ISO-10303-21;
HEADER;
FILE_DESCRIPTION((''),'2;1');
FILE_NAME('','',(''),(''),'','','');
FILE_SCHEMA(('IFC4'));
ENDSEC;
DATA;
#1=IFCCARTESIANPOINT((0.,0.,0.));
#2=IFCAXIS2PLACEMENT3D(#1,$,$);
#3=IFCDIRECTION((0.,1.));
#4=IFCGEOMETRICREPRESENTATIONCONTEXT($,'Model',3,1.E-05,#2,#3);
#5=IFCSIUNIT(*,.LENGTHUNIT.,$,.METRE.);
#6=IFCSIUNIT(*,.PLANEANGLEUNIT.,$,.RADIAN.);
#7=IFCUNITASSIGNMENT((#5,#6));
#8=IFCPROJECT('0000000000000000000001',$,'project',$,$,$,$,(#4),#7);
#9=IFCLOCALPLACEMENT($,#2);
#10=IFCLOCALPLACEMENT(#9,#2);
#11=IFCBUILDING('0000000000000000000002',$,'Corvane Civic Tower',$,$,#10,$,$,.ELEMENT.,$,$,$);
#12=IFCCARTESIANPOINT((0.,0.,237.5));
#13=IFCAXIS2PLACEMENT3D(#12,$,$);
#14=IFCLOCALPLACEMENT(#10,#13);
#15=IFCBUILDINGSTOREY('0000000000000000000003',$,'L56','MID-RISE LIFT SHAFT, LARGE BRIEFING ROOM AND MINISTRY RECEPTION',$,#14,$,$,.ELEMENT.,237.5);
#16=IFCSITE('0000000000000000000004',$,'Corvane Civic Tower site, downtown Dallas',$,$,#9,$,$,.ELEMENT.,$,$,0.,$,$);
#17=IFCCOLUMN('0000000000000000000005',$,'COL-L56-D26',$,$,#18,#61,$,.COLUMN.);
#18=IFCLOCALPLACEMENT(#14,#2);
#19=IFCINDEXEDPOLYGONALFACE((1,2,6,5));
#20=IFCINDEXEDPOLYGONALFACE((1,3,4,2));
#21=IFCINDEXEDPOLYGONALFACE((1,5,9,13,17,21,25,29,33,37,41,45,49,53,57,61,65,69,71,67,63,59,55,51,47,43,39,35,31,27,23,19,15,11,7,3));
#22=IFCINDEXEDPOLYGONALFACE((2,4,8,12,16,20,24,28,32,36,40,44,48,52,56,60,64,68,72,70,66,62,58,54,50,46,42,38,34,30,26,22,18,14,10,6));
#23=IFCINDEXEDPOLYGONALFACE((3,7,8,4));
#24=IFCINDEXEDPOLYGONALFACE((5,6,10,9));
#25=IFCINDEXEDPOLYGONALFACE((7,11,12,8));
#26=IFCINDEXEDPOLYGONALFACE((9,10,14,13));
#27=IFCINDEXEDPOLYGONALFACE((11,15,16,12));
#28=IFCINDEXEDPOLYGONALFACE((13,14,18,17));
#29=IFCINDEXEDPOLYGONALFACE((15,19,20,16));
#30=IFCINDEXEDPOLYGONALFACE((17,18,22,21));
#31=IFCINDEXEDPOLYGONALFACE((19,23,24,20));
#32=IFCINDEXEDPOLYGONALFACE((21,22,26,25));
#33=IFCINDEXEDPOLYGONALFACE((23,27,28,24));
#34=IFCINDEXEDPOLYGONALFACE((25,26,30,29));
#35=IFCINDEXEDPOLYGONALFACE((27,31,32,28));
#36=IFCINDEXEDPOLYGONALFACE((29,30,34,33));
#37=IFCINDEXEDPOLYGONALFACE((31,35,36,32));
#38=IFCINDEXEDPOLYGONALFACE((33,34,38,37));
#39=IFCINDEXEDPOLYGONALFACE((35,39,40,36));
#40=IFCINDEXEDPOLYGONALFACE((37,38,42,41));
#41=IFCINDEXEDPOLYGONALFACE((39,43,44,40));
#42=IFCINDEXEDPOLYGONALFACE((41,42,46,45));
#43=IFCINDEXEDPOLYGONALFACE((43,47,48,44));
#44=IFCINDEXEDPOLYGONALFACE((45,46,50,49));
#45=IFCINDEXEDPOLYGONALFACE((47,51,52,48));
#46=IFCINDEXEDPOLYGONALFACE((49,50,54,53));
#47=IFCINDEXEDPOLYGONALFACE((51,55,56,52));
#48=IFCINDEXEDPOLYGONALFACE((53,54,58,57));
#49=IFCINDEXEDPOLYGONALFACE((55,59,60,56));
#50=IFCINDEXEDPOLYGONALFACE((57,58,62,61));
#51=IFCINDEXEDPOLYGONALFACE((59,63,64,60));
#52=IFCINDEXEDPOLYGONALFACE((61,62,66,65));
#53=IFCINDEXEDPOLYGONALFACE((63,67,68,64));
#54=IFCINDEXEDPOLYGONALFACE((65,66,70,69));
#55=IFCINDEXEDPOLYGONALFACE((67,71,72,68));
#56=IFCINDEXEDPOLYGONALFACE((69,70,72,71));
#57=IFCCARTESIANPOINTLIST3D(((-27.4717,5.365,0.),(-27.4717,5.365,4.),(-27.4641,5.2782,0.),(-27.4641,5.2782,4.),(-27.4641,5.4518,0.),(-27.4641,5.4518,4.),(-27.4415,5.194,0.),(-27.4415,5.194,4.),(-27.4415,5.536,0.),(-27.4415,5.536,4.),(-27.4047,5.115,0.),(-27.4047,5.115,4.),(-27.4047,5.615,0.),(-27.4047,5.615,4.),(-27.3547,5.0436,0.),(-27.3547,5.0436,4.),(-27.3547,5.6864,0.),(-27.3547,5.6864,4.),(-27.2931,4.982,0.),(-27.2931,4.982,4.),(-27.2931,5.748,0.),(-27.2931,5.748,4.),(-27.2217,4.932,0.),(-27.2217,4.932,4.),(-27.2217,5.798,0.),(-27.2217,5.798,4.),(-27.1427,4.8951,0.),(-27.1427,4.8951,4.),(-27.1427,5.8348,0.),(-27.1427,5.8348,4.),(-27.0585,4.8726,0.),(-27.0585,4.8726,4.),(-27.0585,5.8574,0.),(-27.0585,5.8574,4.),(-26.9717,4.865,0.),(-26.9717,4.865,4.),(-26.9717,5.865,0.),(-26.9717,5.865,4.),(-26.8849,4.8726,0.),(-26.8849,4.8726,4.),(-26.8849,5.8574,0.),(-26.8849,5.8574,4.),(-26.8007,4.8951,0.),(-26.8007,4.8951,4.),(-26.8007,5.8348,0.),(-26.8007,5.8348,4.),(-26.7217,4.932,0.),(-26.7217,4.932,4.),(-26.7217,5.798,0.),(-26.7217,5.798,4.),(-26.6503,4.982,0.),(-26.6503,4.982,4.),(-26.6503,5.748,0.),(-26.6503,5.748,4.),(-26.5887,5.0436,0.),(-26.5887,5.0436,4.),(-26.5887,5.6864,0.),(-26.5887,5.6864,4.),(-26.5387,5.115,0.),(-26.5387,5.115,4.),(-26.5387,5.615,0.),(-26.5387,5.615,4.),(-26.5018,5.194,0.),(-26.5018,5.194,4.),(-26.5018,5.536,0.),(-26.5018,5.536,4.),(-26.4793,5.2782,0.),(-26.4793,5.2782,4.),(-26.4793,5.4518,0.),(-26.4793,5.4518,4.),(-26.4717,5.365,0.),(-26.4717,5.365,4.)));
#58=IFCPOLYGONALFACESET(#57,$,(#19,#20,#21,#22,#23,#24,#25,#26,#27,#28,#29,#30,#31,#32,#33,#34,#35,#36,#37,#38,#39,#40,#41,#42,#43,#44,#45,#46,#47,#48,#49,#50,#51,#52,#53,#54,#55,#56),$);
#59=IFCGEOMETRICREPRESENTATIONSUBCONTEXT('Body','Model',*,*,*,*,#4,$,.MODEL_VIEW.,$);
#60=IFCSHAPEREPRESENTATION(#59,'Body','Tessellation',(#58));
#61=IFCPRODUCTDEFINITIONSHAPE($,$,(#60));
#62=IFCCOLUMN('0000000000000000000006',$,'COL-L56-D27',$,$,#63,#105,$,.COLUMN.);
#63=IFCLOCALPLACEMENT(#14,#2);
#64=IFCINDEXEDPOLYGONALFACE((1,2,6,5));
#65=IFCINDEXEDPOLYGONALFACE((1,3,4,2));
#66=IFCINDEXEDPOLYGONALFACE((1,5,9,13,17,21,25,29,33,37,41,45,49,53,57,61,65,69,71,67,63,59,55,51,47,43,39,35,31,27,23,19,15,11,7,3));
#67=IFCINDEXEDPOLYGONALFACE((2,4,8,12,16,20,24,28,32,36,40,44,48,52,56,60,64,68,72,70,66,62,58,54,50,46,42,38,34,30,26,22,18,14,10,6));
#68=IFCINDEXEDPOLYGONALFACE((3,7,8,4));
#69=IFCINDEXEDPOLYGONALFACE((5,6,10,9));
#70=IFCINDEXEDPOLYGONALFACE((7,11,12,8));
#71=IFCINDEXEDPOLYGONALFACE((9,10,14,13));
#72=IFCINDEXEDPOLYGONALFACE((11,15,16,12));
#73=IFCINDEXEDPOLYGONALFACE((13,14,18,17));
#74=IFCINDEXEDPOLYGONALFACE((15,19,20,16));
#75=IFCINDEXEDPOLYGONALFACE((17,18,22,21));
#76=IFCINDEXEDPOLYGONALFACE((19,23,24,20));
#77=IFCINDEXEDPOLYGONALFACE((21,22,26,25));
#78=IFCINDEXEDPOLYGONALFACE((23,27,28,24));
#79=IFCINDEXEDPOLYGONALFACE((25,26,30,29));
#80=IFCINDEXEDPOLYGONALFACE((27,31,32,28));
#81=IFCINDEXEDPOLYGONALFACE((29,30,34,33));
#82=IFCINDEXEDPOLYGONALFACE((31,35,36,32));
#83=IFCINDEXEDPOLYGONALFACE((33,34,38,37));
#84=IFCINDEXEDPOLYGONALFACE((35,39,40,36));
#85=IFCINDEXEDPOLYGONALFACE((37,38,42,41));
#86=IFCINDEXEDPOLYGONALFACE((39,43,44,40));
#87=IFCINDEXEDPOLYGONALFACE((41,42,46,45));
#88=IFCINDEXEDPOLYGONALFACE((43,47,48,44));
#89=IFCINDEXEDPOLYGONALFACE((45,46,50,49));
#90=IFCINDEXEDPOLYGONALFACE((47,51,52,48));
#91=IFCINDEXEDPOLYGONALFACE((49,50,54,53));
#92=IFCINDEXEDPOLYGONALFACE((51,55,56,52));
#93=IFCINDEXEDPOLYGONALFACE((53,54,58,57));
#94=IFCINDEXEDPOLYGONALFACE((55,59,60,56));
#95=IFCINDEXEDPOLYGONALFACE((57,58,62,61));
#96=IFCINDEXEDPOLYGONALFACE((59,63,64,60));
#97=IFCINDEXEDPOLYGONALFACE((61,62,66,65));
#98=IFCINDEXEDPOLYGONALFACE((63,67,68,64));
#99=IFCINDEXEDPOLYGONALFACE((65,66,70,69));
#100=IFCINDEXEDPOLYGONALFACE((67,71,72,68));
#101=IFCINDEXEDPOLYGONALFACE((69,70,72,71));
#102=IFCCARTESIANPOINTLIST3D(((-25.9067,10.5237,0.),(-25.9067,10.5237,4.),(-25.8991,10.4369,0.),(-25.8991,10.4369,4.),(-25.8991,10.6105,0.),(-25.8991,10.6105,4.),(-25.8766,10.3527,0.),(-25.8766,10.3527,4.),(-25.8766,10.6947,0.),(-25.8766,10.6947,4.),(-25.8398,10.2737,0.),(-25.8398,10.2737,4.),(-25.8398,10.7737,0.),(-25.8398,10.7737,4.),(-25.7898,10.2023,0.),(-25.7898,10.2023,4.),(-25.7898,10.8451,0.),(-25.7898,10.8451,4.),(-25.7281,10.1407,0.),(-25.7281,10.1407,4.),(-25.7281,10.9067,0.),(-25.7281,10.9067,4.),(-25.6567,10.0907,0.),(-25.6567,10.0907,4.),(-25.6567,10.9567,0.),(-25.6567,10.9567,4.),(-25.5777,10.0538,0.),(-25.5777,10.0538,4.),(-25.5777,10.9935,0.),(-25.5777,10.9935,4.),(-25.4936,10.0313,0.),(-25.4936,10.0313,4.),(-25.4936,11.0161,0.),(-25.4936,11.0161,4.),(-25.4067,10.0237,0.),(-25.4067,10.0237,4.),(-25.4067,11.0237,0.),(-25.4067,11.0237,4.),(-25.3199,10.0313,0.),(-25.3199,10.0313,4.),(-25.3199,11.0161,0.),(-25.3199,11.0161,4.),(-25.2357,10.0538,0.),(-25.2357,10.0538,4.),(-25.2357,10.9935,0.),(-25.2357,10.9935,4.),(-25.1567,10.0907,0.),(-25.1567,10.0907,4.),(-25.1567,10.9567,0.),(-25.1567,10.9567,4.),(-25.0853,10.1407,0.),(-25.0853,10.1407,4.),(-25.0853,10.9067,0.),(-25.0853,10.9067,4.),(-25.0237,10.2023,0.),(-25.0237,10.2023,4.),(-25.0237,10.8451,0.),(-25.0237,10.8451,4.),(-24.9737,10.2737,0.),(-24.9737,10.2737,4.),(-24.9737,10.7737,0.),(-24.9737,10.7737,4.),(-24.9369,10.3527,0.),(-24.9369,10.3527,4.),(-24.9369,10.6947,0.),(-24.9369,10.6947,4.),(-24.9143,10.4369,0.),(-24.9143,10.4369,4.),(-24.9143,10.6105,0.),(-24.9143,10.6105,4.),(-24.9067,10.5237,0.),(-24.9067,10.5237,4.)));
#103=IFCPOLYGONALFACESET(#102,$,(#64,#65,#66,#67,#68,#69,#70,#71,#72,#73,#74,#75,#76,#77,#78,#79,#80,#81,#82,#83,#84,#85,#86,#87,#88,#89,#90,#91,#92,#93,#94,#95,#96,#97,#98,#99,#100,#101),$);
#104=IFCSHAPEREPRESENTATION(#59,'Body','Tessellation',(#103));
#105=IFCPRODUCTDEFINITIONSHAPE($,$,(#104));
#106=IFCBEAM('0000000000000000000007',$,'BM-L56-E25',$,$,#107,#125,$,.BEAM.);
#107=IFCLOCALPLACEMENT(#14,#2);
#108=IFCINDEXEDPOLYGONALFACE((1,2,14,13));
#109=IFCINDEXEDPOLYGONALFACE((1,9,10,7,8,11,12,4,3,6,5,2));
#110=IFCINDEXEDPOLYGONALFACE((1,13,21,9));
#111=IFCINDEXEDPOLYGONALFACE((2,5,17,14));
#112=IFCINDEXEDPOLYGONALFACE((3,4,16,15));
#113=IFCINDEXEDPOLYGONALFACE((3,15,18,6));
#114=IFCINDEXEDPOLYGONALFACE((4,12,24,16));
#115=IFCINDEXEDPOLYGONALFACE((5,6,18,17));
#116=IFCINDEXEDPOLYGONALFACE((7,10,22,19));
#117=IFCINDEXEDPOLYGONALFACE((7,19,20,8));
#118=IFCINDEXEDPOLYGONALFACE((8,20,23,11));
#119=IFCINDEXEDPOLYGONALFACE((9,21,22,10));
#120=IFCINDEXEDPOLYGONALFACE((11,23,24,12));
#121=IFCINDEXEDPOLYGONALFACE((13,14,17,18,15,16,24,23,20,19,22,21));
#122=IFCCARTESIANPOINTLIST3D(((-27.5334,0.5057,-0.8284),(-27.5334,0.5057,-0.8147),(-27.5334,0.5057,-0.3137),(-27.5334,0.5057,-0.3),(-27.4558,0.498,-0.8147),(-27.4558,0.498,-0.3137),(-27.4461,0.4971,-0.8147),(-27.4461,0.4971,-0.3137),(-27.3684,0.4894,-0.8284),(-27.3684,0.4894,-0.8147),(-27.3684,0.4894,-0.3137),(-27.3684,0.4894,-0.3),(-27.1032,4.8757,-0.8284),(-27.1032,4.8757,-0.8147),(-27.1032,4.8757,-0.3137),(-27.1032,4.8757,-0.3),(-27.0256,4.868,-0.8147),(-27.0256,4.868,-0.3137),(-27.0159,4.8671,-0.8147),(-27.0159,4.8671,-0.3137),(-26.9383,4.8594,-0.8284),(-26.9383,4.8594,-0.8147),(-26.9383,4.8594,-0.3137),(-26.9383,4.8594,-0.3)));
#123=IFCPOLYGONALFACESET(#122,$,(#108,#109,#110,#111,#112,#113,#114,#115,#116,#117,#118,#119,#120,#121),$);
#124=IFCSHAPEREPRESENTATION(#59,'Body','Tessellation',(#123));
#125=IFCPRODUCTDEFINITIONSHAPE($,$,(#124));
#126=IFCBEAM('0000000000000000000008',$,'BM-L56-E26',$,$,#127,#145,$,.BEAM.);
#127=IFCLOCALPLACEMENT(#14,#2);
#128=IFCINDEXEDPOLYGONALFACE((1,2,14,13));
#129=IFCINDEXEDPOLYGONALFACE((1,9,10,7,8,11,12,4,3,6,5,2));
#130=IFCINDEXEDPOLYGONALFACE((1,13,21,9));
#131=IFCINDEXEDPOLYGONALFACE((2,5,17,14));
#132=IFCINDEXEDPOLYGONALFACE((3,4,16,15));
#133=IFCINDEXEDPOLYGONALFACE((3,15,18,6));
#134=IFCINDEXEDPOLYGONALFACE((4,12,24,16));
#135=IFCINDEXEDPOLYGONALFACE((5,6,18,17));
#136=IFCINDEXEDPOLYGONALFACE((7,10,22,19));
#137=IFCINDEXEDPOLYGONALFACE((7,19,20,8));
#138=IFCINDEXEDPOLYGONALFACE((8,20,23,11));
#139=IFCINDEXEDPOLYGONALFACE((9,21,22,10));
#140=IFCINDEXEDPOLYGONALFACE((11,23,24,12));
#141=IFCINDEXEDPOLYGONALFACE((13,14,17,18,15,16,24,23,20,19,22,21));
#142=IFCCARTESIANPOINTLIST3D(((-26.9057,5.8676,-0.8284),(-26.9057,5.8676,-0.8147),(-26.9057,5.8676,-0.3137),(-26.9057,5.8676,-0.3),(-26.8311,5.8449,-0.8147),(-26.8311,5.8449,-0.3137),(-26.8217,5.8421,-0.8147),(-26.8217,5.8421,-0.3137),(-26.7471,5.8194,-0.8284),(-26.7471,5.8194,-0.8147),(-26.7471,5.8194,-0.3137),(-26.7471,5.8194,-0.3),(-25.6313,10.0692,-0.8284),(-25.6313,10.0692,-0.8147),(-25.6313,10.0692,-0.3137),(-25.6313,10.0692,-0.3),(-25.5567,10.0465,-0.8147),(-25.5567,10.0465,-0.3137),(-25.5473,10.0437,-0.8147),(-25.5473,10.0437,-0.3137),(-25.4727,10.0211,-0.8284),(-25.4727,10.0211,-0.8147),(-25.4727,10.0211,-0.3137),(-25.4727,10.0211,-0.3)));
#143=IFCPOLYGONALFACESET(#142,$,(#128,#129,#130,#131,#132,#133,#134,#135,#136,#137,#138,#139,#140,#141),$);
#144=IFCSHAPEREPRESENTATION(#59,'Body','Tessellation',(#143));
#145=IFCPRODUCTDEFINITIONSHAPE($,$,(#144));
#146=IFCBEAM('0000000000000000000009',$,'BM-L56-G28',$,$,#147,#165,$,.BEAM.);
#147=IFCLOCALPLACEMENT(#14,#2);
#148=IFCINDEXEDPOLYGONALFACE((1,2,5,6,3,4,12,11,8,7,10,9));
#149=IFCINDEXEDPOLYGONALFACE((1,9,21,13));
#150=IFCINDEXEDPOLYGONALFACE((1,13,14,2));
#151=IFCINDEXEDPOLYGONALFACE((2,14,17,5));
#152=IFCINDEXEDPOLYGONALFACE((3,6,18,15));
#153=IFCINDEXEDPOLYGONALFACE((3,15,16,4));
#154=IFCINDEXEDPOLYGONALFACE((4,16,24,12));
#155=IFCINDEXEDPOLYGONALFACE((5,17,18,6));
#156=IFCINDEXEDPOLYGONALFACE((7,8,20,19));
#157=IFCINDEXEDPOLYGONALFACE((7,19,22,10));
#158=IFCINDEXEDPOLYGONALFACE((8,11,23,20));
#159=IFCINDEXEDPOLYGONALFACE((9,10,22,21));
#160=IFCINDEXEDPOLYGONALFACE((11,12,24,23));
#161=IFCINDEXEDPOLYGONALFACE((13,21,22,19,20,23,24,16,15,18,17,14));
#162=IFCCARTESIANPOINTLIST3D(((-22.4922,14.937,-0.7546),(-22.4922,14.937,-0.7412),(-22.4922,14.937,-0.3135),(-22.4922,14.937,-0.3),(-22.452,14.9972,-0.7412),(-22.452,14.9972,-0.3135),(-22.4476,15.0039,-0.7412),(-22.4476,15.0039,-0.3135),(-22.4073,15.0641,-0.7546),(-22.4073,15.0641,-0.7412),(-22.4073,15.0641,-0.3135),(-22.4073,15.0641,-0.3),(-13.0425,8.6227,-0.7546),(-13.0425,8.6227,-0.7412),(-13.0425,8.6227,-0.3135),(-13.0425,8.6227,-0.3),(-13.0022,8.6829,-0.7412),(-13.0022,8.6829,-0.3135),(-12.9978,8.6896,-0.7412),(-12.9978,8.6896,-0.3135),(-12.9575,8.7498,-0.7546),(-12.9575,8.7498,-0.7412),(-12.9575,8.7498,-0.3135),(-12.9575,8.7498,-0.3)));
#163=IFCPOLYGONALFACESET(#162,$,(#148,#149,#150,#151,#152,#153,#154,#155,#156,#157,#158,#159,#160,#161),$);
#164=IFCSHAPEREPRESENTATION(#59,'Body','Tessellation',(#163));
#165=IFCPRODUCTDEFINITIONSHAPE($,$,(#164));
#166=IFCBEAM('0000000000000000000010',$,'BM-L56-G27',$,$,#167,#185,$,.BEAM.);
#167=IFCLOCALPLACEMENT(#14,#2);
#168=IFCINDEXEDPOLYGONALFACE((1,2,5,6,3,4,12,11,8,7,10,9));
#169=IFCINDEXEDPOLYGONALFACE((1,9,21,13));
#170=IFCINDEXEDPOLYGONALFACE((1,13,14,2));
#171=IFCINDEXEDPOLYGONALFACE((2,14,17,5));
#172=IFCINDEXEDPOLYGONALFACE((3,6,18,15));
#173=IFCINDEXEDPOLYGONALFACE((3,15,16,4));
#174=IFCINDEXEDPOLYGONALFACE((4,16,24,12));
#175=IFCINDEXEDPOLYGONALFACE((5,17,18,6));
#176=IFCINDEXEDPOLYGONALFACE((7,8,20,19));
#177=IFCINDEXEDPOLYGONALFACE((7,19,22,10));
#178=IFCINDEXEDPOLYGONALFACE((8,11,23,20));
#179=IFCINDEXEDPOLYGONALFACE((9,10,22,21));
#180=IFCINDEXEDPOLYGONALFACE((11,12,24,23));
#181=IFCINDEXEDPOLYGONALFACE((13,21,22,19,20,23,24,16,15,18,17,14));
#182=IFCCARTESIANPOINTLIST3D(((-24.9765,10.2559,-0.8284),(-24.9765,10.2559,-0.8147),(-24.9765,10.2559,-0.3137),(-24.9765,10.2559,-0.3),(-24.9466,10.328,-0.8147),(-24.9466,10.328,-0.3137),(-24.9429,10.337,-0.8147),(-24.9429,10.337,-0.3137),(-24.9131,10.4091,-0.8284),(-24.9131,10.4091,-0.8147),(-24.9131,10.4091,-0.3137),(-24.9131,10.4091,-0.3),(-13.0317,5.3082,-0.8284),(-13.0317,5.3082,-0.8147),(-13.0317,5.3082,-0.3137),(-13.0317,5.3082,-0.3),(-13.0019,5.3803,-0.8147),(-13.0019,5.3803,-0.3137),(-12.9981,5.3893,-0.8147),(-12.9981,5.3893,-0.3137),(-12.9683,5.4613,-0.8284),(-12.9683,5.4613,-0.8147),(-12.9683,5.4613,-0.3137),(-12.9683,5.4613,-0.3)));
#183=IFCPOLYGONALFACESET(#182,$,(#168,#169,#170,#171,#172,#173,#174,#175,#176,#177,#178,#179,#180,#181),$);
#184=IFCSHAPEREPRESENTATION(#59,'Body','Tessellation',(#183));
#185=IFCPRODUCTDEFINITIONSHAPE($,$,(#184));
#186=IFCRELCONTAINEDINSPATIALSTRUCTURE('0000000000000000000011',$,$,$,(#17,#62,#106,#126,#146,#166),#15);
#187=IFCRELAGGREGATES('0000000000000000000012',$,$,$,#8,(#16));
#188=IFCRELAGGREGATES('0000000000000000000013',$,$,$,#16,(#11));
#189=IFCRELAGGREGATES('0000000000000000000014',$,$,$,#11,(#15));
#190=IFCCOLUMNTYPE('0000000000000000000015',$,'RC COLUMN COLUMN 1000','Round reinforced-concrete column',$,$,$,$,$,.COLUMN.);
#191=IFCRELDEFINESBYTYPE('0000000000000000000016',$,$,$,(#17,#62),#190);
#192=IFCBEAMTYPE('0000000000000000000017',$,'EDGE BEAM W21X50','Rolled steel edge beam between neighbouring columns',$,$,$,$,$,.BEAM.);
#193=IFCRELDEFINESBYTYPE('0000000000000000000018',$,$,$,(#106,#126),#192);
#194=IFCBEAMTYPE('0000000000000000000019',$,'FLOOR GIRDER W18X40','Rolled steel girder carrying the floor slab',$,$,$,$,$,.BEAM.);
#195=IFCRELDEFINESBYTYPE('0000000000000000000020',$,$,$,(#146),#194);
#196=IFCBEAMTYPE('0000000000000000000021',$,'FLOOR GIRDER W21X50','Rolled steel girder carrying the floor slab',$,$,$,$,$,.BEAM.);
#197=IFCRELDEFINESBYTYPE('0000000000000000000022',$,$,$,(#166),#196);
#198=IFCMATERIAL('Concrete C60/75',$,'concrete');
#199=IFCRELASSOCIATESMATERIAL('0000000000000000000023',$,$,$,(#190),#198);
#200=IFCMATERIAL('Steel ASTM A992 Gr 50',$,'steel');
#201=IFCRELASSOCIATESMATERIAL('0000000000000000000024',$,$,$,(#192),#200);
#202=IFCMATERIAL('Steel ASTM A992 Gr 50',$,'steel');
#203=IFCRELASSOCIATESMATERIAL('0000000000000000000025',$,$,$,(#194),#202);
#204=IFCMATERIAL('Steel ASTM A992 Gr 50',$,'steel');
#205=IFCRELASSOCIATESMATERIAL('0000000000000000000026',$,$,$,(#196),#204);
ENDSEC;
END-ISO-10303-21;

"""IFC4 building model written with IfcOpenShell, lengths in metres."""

from ifc_helpers import new_model, si_unit, direction, frame, origin, origin_2d, place, context, subcontext, project, spatial, circle, i_section, extrude, material, material_profile, profile_set, type_object, element, save


model = new_model("IFC4")

# Units and contexts
model_context = context("Model", 3, precision=1e-05, world=origin(), true_north=direction((0.0, 1.0)))
body_context = subcontext(model_context, "Body", "Model", "MODEL_VIEW")
ifc_project = project(units=[si_unit("LENGTHUNIT", "METRE"), si_unit("PLANEANGLEUNIT", "RADIAN")], contexts=[model_context])

# Site, building, storey
site_placement = place(None, origin())
site = spatial("IfcSite", under=ifc_project, at=site_placement, Name="Corvane Civic Tower site, downtown Dallas", CompositionType="ELEMENT", RefElevation=0.0)
building_placement = place(site_placement, origin())
building = spatial("IfcBuilding", under=site, at=building_placement, Name="Corvane Civic Tower", CompositionType="ELEMENT")
storey_placement = place(building_placement, frame((0.0, 0.0, 237.5)))
storey = spatial("IfcBuildingStorey", under=building, at=storey_placement, Name="L56", Description="MID-RISE LIFT SHAFT, LARGE BRIEFING ROOM AND MINISTRY RECEPTION", CompositionType="ELEMENT", Elevation=237.5)

# Columns
ifc_material_1 = material(Name="Concrete C60/75", Category="concrete")
ifc_material_profile_1 = material_profile(ifc_material_1, circle(Radius=0.5, at=origin_2d()), Name="COLUMN 1000")
ifc_profile_set_1 = profile_set([ifc_material_profile_1], Name="Concrete C60/75")
column_type = type_object("IfcColumnType", Name="RC COLUMN COLUMN 1000", Description="Round reinforced-concrete column", PredefinedType="COLUMN", material=ifc_profile_set_1)
for number, where, z_axis, x_axis, name in (
    (1, (-26.9717, 5.365, 0.0), (0.0, 0.0, 1.0), (1.0, 0.0, 0.0), "COL-L56-D26"),
    (2, (-25.4067, 10.5237, 0.0), (0.0, 0.0, 1.0), (1.0, 0.0, 0.0), "COL-L56-D27"),
):
    element("IfcColumn", number, at=place(storey_placement, frame(where, z_axis=z_axis, x_axis=x_axis)), inside=storey, type_object=column_type, Name=name, PredefinedType="COLUMN", context=body_context, shape_type="SweptSolid", body=[
        extrude(circle(Radius=0.5, at=origin_2d()), origin(), (0.0, 0.0, 1.0), 4.0),
    ])

# Beams
ifc_material_2 = material(Name="Steel ASTM A992 Gr 50", Category="steel")
ifc_material_profile_2 = material_profile(ifc_material_2, i_section(OverallWidth=0.1658, OverallDepth=0.5283, WebThickness=0.0098, FlangeThickness=0.0137, at=origin_2d()), Name="W21X50")
ifc_profile_set_2 = profile_set([ifc_material_profile_2], Name="Steel ASTM A992 Gr 50")
beam_type_1 = type_object("IfcBeamType", Name="EDGE BEAM W21X50", Description="Rolled steel edge beam between neighbouring columns", PredefinedType="BEAM", material=ifc_profile_set_2)
beam_1_placement = place(storey_placement, frame((-27.4509, 0.4976, -0.5642), z_axis=(0.097968, 0.99519, 0.0), x_axis=(-0.99519, 0.097968, 0.0)))
element("IfcBeam", 3, at=beam_1_placement, inside=storey, type_object=beam_type_1, Name="BM-L56-E25", PredefinedType="BEAM", context=body_context, shape_type="SweptSolid", body=[
    extrude(i_section(OverallWidth=0.1658, OverallDepth=0.5283, WebThickness=0.0098, FlangeThickness=0.0137, at=origin_2d()), origin(), (0.0, 0.0, 1.0), 4.3911),
])
beam_2_placement = place(storey_placement, frame((-26.8264, 5.8435, -0.5642), z_axis=(0.290254, 0.95695, 0.0), x_axis=(-0.95695, 0.290254, 0.0)))
element("IfcBeam", 4, at=beam_2_placement, inside=storey, type_object=beam_type_1, Name="BM-L56-E26", PredefinedType="BEAM", context=body_context, shape_type="SweptSolid", body=[
    extrude(i_section(OverallWidth=0.1658, OverallDepth=0.5283, WebThickness=0.0098, FlangeThickness=0.0137, at=origin_2d()), origin(), (0.0, 0.0, 1.0), 4.3906),
])
ifc_material_3 = material(Name="Steel ASTM A992 Gr 50", Category="steel")
ifc_material_profile_3 = material_profile(ifc_material_3, i_section(OverallWidth=0.1528, OverallDepth=0.4546, WebThickness=0.0081, FlangeThickness=0.0134, at=origin_2d()), Name="W18X40")
ifc_profile_set_3 = profile_set([ifc_material_profile_3], Name="Steel ASTM A992 Gr 50")
beam_type_2 = type_object("IfcBeamType", Name="FLOOR GIRDER W18X40", Description="Rolled steel girder carrying the floor slab", PredefinedType="BEAM", material=ifc_profile_set_3)
beam_3_placement = place(storey_placement, frame((-13.0, 8.6863, -0.5273), z_axis=(-0.831465, 0.555577, 0.0), x_axis=(-0.555577, -0.831465, 0.0)))
element("IfcBeam", 5, at=beam_3_placement, inside=storey, type_object=beam_type_2, Name="BM-L56-G28", PredefinedType="BEAM", context=body_context, shape_type="SweptSolid", body=[
    extrude(i_section(OverallWidth=0.1528, OverallDepth=0.4546, WebThickness=0.0081, FlangeThickness=0.0134, at=origin_2d()), origin(), (0.0, 0.0, 1.0), 11.3652),
])
ifc_material_4 = material(Name="Steel ASTM A992 Gr 50", Category="steel")
ifc_material_profile_4 = material_profile(ifc_material_4, i_section(OverallWidth=0.1658, OverallDepth=0.5283, WebThickness=0.0098, FlangeThickness=0.0137, at=origin_2d()), Name="W21X50")
ifc_profile_set_4 = profile_set([ifc_material_profile_4], Name="Steel ASTM A992 Gr 50")
beam_type_3 = type_object("IfcBeamType", Name="FLOOR GIRDER W21X50", Description="Rolled steel girder carrying the floor slab", PredefinedType="BEAM", material=ifc_profile_set_4)
beam_4_placement = place(storey_placement, frame((-13.0, 5.3848, -0.5642), z_axis=(-0.923878, 0.382686, 0.0), x_axis=(-0.382686, -0.923878, 0.0)))
element("IfcBeam", 6, at=beam_4_placement, inside=storey, type_object=beam_type_3, Name="BM-L56-G27", PredefinedType="BEAM", context=body_context, shape_type="SweptSolid", body=[
    extrude(i_section(OverallWidth=0.1658, OverallDepth=0.5283, WebThickness=0.0098, FlangeThickness=0.0137, at=origin_2d()), origin(), (0.0, 0.0, 1.0), 12.929),
])

save(model, "model.ifc")
